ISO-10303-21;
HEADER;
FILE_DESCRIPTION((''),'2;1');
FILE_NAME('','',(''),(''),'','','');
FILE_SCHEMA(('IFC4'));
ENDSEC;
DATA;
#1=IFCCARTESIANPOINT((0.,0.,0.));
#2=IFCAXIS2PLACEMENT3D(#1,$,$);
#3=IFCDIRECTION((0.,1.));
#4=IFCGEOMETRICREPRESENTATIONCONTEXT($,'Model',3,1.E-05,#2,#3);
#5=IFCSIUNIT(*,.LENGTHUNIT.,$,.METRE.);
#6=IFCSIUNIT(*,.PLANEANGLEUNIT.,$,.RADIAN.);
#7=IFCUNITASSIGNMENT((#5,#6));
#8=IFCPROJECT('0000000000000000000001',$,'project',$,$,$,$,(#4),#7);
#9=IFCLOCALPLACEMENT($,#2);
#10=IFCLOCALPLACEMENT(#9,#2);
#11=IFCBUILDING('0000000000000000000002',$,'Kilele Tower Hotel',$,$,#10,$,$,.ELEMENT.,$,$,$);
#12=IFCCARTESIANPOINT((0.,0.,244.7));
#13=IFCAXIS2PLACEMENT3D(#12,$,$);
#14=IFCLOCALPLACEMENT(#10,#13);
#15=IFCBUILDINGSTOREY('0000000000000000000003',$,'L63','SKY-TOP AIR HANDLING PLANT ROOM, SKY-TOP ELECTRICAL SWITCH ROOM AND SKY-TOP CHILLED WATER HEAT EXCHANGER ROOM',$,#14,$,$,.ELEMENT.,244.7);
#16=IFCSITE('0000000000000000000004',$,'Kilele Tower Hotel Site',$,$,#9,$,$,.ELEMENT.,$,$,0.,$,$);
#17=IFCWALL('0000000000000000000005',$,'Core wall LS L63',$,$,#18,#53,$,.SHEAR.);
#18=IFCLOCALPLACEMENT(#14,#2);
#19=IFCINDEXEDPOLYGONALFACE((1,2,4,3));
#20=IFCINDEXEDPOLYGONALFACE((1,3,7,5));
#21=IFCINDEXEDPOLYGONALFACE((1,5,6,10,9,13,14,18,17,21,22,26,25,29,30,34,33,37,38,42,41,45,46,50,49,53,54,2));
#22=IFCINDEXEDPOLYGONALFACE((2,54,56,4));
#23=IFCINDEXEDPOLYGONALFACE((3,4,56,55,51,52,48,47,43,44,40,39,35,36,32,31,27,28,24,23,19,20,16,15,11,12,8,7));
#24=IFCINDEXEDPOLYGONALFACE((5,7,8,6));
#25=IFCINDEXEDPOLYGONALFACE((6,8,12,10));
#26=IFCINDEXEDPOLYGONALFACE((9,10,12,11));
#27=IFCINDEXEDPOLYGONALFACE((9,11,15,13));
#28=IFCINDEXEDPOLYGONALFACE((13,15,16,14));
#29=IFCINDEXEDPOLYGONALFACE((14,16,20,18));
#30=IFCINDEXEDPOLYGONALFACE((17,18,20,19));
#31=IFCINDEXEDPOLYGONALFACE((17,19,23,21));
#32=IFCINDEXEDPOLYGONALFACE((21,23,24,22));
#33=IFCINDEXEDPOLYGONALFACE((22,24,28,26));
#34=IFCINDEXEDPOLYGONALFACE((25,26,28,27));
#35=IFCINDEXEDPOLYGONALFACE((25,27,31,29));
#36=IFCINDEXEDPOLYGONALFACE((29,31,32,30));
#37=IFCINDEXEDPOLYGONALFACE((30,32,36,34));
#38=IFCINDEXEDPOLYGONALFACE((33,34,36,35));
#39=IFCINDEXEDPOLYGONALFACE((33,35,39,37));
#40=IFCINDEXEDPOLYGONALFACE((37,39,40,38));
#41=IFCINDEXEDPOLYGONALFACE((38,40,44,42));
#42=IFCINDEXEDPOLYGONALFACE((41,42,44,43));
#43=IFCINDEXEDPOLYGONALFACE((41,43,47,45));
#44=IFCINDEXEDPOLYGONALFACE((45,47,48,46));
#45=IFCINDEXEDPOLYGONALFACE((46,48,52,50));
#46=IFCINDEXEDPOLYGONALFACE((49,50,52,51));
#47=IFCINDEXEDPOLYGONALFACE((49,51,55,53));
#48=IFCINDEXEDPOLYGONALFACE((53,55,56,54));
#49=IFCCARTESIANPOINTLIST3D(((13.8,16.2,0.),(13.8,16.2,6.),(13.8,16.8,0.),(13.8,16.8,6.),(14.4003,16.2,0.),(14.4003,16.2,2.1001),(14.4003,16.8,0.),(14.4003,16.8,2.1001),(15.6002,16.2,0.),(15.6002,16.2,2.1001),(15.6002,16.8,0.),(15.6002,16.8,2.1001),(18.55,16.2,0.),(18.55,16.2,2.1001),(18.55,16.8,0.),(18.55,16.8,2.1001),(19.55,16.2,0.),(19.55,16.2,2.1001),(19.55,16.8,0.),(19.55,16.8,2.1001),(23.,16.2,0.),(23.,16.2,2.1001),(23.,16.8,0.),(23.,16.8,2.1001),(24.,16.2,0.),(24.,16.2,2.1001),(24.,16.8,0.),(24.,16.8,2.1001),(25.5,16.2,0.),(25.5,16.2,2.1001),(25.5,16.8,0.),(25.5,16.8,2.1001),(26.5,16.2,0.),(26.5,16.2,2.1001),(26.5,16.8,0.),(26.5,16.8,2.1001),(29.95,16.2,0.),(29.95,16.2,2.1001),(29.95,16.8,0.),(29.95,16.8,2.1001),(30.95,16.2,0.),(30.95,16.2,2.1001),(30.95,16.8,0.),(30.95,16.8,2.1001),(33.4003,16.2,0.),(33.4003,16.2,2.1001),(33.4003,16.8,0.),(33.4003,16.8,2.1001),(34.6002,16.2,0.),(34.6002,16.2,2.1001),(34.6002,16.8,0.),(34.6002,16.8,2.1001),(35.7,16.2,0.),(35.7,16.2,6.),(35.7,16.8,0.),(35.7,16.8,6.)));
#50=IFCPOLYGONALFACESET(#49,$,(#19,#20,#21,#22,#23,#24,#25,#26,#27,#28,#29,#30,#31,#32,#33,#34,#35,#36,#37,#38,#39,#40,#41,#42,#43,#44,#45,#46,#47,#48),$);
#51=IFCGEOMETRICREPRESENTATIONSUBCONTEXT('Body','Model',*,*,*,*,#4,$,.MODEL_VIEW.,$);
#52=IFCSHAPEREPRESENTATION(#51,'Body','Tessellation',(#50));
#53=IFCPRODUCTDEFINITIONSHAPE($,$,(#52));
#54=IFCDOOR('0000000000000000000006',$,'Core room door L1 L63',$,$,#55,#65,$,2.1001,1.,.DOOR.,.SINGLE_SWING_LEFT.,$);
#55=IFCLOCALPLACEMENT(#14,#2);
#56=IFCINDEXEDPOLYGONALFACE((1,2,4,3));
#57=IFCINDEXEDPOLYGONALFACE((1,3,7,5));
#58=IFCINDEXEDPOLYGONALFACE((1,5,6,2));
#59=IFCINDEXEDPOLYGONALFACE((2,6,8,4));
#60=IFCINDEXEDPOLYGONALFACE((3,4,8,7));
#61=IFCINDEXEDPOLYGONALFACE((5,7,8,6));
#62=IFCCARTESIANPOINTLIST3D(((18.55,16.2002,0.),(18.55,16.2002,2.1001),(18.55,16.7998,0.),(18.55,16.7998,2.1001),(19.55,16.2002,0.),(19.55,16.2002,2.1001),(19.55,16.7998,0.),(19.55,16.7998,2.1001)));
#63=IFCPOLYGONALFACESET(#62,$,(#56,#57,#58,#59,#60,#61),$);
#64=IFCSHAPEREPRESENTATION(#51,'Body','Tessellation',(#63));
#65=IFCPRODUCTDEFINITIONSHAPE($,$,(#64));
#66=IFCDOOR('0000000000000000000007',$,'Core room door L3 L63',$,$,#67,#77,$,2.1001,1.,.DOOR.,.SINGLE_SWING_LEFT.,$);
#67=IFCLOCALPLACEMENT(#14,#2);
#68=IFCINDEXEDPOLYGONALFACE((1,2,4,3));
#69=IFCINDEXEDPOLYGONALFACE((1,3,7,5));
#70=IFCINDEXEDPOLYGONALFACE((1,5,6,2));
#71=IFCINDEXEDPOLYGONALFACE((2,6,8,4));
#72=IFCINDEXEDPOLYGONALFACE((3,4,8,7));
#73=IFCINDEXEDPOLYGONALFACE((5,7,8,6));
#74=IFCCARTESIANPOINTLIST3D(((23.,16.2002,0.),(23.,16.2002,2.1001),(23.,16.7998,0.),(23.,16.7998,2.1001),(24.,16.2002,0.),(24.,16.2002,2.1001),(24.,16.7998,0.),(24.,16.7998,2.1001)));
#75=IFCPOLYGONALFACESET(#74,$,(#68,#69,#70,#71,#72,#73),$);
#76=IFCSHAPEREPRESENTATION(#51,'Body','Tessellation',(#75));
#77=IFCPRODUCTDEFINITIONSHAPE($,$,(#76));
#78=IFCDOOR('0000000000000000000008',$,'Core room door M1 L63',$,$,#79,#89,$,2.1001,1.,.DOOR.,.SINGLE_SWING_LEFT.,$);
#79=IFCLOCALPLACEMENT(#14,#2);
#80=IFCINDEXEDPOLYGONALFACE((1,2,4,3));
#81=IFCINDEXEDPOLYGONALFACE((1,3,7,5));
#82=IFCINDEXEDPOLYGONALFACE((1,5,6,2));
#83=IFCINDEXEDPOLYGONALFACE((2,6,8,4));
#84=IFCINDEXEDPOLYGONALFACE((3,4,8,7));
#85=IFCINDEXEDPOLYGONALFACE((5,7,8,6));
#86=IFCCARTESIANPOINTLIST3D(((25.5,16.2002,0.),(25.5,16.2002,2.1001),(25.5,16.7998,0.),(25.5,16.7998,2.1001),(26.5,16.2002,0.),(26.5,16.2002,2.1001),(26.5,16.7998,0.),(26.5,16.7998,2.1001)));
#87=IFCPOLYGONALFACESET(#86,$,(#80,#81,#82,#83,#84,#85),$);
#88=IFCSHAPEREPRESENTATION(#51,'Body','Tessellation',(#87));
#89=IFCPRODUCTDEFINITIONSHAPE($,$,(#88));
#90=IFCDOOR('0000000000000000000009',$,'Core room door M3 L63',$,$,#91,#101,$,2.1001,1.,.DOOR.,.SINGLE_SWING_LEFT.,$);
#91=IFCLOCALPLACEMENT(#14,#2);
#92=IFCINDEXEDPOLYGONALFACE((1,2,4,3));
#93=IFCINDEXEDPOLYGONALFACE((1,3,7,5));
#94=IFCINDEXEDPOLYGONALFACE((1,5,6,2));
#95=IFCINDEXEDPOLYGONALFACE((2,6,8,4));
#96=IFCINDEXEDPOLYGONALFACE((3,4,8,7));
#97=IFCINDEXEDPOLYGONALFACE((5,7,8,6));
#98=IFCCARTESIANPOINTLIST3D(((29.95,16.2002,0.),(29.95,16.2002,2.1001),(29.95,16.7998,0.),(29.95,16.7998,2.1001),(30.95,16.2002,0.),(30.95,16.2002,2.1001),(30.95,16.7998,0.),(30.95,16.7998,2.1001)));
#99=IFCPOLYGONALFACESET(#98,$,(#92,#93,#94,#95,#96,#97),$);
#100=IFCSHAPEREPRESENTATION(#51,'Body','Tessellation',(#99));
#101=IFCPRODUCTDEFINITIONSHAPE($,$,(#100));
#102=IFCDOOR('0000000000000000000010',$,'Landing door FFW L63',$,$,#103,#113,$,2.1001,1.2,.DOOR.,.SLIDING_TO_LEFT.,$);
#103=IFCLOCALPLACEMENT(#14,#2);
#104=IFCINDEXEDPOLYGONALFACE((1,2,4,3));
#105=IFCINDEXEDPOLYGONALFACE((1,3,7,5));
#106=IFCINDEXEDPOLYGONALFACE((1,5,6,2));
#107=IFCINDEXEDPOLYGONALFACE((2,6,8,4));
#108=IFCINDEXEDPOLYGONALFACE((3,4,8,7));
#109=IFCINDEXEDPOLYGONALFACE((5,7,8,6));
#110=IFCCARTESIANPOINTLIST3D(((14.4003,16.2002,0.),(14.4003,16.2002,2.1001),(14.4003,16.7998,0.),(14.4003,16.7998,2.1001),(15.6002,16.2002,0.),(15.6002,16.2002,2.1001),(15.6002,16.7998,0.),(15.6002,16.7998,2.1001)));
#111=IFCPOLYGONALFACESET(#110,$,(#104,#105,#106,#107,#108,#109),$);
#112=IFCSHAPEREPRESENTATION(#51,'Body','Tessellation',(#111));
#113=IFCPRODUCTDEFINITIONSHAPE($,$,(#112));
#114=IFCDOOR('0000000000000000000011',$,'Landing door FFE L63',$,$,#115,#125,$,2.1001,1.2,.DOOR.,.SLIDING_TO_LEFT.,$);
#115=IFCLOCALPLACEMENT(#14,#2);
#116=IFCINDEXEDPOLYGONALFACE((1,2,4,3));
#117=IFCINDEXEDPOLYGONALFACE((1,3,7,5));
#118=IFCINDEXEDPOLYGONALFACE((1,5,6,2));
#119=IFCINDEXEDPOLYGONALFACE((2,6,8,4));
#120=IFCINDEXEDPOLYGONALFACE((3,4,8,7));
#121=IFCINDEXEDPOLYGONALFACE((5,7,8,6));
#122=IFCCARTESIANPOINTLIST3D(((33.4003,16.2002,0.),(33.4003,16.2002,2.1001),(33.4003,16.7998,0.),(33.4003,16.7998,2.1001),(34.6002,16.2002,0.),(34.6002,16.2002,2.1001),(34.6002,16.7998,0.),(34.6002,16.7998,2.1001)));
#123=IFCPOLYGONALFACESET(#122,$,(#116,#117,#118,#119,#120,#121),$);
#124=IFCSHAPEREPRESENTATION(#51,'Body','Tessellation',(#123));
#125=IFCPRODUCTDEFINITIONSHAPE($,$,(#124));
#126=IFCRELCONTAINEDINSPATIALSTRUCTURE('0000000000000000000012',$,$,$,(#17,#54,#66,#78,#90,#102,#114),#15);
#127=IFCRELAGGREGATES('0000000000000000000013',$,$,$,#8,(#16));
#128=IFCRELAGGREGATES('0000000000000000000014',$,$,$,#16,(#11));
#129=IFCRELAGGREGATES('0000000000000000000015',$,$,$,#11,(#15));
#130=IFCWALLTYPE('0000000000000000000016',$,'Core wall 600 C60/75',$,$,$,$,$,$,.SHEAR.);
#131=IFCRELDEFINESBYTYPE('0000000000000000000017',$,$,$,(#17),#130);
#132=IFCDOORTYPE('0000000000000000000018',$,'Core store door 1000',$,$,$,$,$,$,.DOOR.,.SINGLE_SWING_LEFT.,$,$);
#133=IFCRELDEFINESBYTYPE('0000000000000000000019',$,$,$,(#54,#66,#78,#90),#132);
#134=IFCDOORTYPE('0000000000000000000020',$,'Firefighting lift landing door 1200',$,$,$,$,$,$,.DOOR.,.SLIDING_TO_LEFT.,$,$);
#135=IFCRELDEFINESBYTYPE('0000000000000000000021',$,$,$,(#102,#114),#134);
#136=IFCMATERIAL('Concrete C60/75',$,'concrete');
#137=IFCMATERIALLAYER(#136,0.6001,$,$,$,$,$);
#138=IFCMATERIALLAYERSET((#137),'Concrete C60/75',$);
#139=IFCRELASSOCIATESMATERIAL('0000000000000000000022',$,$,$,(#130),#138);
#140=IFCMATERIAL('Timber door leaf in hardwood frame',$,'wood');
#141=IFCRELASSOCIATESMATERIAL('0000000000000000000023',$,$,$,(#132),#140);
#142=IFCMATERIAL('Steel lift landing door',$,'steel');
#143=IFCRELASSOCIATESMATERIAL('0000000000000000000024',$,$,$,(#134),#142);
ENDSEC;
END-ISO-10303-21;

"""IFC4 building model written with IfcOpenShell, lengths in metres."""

from ifc_helpers import new_model, si_unit, direction, frame, frame_2d, origin, place, context, subcontext, project, spatial, rectangle, extrude, material, layer, layer_set, type_object, element, fill, save


model = new_model("IFC4")

# Units and contexts
model_context = context("Model", 3, precision=1e-05, world=origin(), true_north=direction((0.0, 1.0)))
body_context = subcontext(model_context, "Body", "Model", "MODEL_VIEW")
ifc_project = project(units=[si_unit("LENGTHUNIT", "METRE"), si_unit("PLANEANGLEUNIT", "RADIAN")], contexts=[model_context])

# Site, building, storey
site_placement = place(None, origin())
site = spatial("IfcSite", under=ifc_project, at=site_placement, Name="Kilele Tower Hotel Site", CompositionType="ELEMENT", RefElevation=0.0)
building_placement = place(site_placement, origin())
building = spatial("IfcBuilding", under=site, at=building_placement, Name="Kilele Tower Hotel", CompositionType="ELEMENT")
storey_placement = place(building_placement, frame((0.0, 0.0, 244.7)))
storey = spatial("IfcBuildingStorey", under=building, at=storey_placement, Name="L63", Description="SKY-TOP AIR HANDLING PLANT ROOM, SKY-TOP ELECTRICAL SWITCH ROOM AND SKY-TOP CHILLED WATER HEAT EXCHANGER ROOM", CompositionType="ELEMENT", Elevation=244.7)

# Shared definitions
ifc_material_1 = material(Name="Concrete C60/75", Category="concrete")
ifc_layer_1 = layer(ifc_material_1, 0.6001)
ifc_layer_set_1 = layer_set([ifc_layer_1], Name="Concrete C60/75")
wall_type_1 = type_object("IfcWallType", Name="Core wall 600 C60/75", PredefinedType="SHEAR", material=ifc_layer_set_1)

# Wall, openings, doors
wall_1_placement = place(storey_placement, frame((13.8, 16.5, 0.0), z_axis=(0.0, 0.0, 1.0), x_axis=(1.0, 0.0, 0.0)))
wall_1 = element("IfcWall", 1, at=wall_1_placement, inside=storey, type_object=wall_type_1, Name="Core wall LS L63", PredefinedType="SHEAR", context=body_context, shape_type="SweptSolid", body=[
    extrude(rectangle(XDim=21.8999, YDim=0.6001, at=frame_2d((10.95, 0.0))), origin(), (0.0, 0.0, 1.0), 6.0),
])
opening_1_placement = place(wall_1_placement, frame((5.75, 0.0, 0.0), z_axis=(0.0, 0.0, 1.0), x_axis=(-1.0, 0.0, 0.0)))
opening_1 = element("IfcOpeningElement", 2, at=opening_1_placement, cuts=wall_1, PredefinedType="OPENING", context=body_context, shape_type="SweptSolid", body=[
    extrude(rectangle(XDim=1.0, YDim=2.1001, at=frame_2d((0.5, 1.05))), frame((0.0, 0.3101, 0.0), z_axis=(0.0, -1.0, 0.0), x_axis=(1.0, 0.0, 0.0)), (0.0, 0.0, 1.0), 0.6201),
])
opening_2_placement = place(wall_1_placement, frame((10.2, 0.0, 0.0), z_axis=(0.0, 0.0, 1.0), x_axis=(-1.0, 0.0, 0.0)))
opening_2 = element("IfcOpeningElement", 3, at=opening_2_placement, cuts=wall_1, PredefinedType="OPENING", context=body_context, shape_type="SweptSolid", body=[
    extrude(rectangle(XDim=1.0, YDim=2.1001, at=frame_2d((0.5, 1.05))), frame((0.0, 0.3101, 0.0), z_axis=(0.0, -1.0, 0.0), x_axis=(1.0, 0.0, 0.0)), (0.0, 0.0, 1.0), 0.6201),
])
opening_3_placement = place(wall_1_placement, frame((12.7, 0.0, 0.0), z_axis=(0.0, 0.0, 1.0), x_axis=(-1.0, 0.0, 0.0)))
opening_3 = element("IfcOpeningElement", 4, at=opening_3_placement, cuts=wall_1, PredefinedType="OPENING", context=body_context, shape_type="SweptSolid", body=[
    extrude(rectangle(XDim=1.0, YDim=2.1001, at=frame_2d((0.5, 1.05))), frame((0.0, 0.3101, 0.0), z_axis=(0.0, -1.0, 0.0), x_axis=(1.0, 0.0, 0.0)), (0.0, 0.0, 1.0), 0.6201),
])
opening_4_placement = place(wall_1_placement, frame((17.1499, 0.0, 0.0), z_axis=(0.0, 0.0, 1.0), x_axis=(-1.0, 0.0, 0.0)))
opening_4 = element("IfcOpeningElement", 5, at=opening_4_placement, cuts=wall_1, PredefinedType="OPENING", context=body_context, shape_type="SweptSolid", body=[
    extrude(rectangle(XDim=1.0, YDim=2.1001, at=frame_2d((0.5, 1.05))), frame((0.0, 0.3101, 0.0), z_axis=(0.0, -1.0, 0.0), x_axis=(1.0, 0.0, 0.0)), (0.0, 0.0, 1.0), 0.6201),
])
opening_5_placement = place(wall_1_placement, frame((0.6001, 0.0, 0.0)))
opening_5 = element("IfcOpeningElement", 6, at=opening_5_placement, cuts=wall_1, PredefinedType="OPENING", context=body_context, shape_type="SweptSolid", body=[
    extrude(rectangle(XDim=1.2, YDim=2.1001, at=frame_2d((0.6001, 1.05))), frame((0.0, 0.3101, 0.0), z_axis=(0.0, -1.0, 0.0), x_axis=(1.0, 0.0, 0.0)), (0.0, 0.0, 1.0), 0.6201),
])
opening_6_placement = place(wall_1_placement, frame((19.6001, 0.0, 0.0)))
opening_6 = element("IfcOpeningElement", 7, at=opening_6_placement, cuts=wall_1, PredefinedType="OPENING", context=body_context, shape_type="SweptSolid", body=[
    extrude(rectangle(XDim=1.2, YDim=2.1001, at=frame_2d((0.6001, 1.05))), frame((0.0, 0.3101, 0.0), z_axis=(0.0, -1.0, 0.0), x_axis=(1.0, 0.0, 0.0)), (0.0, 0.0, 1.0), 0.6201),
])
ifc_material_2 = material(Name="Timber door leaf in hardwood frame", Category="wood")
door_type_1 = type_object("IfcDoorType", Name="Core store door 1000", OperationType="SINGLE_SWING_LEFT", PredefinedType="DOOR", material=ifc_material_2)
door_1_placement = place(opening_1_placement, origin())
door_1 = element("IfcDoor", 8, at=door_1_placement, inside=storey, type_object=door_type_1, Name="Core room door L1 L63", OperationType="SINGLE_SWING_LEFT", OverallHeight=2.1001, OverallWidth=1.0, PredefinedType="DOOR", context=body_context, shape_type="SweptSolid", body=[
    extrude(rectangle(XDim=1.0, YDim=2.1001, at=frame_2d((0.5, 1.05))), frame((0.0, 0.2998, 0.0), z_axis=(0.0, -1.0, 0.0), x_axis=(1.0, 0.0, 0.0)), (0.0, 0.0, 1.0), 0.5996),
])
fill(opening_1, door_1)
door_2_placement = place(opening_2_placement, origin())
door_2 = element("IfcDoor", 9, at=door_2_placement, inside=storey, type_object=door_type_1, Name="Core room door L3 L63", OperationType="SINGLE_SWING_LEFT", OverallHeight=2.1001, OverallWidth=1.0, PredefinedType="DOOR", context=body_context, shape_type="SweptSolid", body=[
    extrude(rectangle(XDim=1.0, YDim=2.1001, at=frame_2d((0.5, 1.05))), frame((0.0, 0.2998, 0.0), z_axis=(0.0, -1.0, 0.0), x_axis=(1.0, 0.0, 0.0)), (0.0, 0.0, 1.0), 0.5996),
])
fill(opening_2, door_2)
door_3_placement = place(opening_3_placement, origin())
door_3 = element("IfcDoor", 10, at=door_3_placement, inside=storey, type_object=door_type_1, Name="Core room door M1 L63", OperationType="SINGLE_SWING_LEFT", OverallHeight=2.1001, OverallWidth=1.0, PredefinedType="DOOR", context=body_context, shape_type="SweptSolid", body=[
    extrude(rectangle(XDim=1.0, YDim=2.1001, at=frame_2d((0.5, 1.05))), frame((0.0, 0.2998, 0.0), z_axis=(0.0, -1.0, 0.0), x_axis=(1.0, 0.0, 0.0)), (0.0, 0.0, 1.0), 0.5996),
])
fill(opening_3, door_3)
door_4_placement = place(opening_4_placement, origin())
door_4 = element("IfcDoor", 11, at=door_4_placement, inside=storey, type_object=door_type_1, Name="Core room door M3 L63", OperationType="SINGLE_SWING_LEFT", OverallHeight=2.1001, OverallWidth=1.0, PredefinedType="DOOR", context=body_context, shape_type="SweptSolid", body=[
    extrude(rectangle(XDim=1.0, YDim=2.1001, at=frame_2d((0.5, 1.05))), frame((0.0, 0.2998, 0.0), z_axis=(0.0, -1.0, 0.0), x_axis=(1.0, 0.0, 0.0)), (0.0, 0.0, 1.0), 0.5996),
])
fill(opening_4, door_4)
ifc_material_3 = material(Name="Steel lift landing door", Category="steel")
door_type_2 = type_object("IfcDoorType", Name="Firefighting lift landing door 1200", OperationType="SLIDING_TO_LEFT", PredefinedType="DOOR", material=ifc_material_3)
door_5_placement = place(opening_5_placement, origin())
door_5 = element("IfcDoor", 12, at=door_5_placement, inside=storey, type_object=door_type_2, Name="Landing door FFW L63", OperationType="SLIDING_TO_LEFT", OverallHeight=2.1001, OverallWidth=1.2, PredefinedType="DOOR", context=body_context, shape_type="SweptSolid", body=[
    extrude(rectangle(XDim=1.2, YDim=2.1001, at=frame_2d((0.6001, 1.05))), frame((0.0, 0.2998, 0.0), z_axis=(0.0, -1.0, 0.0), x_axis=(1.0, 0.0, 0.0)), (0.0, 0.0, 1.0), 0.5996),
])
fill(opening_5, door_5)
door_6_placement = place(opening_6_placement, origin())
door_6 = element("IfcDoor", 13, at=door_6_placement, inside=storey, type_object=door_type_2, Name="Landing door FFE L63", OperationType="SLIDING_TO_LEFT", OverallHeight=2.1001, OverallWidth=1.2, PredefinedType="DOOR", context=body_context, shape_type="SweptSolid", body=[
    extrude(rectangle(XDim=1.2, YDim=2.1001, at=frame_2d((0.6001, 1.05))), frame((0.0, 0.2998, 0.0), z_axis=(0.0, -1.0, 0.0), x_axis=(1.0, 0.0, 0.0)), (0.0, 0.0, 1.0), 0.5996),
])
fill(opening_6, door_6)

save(model, "model.ifc")
